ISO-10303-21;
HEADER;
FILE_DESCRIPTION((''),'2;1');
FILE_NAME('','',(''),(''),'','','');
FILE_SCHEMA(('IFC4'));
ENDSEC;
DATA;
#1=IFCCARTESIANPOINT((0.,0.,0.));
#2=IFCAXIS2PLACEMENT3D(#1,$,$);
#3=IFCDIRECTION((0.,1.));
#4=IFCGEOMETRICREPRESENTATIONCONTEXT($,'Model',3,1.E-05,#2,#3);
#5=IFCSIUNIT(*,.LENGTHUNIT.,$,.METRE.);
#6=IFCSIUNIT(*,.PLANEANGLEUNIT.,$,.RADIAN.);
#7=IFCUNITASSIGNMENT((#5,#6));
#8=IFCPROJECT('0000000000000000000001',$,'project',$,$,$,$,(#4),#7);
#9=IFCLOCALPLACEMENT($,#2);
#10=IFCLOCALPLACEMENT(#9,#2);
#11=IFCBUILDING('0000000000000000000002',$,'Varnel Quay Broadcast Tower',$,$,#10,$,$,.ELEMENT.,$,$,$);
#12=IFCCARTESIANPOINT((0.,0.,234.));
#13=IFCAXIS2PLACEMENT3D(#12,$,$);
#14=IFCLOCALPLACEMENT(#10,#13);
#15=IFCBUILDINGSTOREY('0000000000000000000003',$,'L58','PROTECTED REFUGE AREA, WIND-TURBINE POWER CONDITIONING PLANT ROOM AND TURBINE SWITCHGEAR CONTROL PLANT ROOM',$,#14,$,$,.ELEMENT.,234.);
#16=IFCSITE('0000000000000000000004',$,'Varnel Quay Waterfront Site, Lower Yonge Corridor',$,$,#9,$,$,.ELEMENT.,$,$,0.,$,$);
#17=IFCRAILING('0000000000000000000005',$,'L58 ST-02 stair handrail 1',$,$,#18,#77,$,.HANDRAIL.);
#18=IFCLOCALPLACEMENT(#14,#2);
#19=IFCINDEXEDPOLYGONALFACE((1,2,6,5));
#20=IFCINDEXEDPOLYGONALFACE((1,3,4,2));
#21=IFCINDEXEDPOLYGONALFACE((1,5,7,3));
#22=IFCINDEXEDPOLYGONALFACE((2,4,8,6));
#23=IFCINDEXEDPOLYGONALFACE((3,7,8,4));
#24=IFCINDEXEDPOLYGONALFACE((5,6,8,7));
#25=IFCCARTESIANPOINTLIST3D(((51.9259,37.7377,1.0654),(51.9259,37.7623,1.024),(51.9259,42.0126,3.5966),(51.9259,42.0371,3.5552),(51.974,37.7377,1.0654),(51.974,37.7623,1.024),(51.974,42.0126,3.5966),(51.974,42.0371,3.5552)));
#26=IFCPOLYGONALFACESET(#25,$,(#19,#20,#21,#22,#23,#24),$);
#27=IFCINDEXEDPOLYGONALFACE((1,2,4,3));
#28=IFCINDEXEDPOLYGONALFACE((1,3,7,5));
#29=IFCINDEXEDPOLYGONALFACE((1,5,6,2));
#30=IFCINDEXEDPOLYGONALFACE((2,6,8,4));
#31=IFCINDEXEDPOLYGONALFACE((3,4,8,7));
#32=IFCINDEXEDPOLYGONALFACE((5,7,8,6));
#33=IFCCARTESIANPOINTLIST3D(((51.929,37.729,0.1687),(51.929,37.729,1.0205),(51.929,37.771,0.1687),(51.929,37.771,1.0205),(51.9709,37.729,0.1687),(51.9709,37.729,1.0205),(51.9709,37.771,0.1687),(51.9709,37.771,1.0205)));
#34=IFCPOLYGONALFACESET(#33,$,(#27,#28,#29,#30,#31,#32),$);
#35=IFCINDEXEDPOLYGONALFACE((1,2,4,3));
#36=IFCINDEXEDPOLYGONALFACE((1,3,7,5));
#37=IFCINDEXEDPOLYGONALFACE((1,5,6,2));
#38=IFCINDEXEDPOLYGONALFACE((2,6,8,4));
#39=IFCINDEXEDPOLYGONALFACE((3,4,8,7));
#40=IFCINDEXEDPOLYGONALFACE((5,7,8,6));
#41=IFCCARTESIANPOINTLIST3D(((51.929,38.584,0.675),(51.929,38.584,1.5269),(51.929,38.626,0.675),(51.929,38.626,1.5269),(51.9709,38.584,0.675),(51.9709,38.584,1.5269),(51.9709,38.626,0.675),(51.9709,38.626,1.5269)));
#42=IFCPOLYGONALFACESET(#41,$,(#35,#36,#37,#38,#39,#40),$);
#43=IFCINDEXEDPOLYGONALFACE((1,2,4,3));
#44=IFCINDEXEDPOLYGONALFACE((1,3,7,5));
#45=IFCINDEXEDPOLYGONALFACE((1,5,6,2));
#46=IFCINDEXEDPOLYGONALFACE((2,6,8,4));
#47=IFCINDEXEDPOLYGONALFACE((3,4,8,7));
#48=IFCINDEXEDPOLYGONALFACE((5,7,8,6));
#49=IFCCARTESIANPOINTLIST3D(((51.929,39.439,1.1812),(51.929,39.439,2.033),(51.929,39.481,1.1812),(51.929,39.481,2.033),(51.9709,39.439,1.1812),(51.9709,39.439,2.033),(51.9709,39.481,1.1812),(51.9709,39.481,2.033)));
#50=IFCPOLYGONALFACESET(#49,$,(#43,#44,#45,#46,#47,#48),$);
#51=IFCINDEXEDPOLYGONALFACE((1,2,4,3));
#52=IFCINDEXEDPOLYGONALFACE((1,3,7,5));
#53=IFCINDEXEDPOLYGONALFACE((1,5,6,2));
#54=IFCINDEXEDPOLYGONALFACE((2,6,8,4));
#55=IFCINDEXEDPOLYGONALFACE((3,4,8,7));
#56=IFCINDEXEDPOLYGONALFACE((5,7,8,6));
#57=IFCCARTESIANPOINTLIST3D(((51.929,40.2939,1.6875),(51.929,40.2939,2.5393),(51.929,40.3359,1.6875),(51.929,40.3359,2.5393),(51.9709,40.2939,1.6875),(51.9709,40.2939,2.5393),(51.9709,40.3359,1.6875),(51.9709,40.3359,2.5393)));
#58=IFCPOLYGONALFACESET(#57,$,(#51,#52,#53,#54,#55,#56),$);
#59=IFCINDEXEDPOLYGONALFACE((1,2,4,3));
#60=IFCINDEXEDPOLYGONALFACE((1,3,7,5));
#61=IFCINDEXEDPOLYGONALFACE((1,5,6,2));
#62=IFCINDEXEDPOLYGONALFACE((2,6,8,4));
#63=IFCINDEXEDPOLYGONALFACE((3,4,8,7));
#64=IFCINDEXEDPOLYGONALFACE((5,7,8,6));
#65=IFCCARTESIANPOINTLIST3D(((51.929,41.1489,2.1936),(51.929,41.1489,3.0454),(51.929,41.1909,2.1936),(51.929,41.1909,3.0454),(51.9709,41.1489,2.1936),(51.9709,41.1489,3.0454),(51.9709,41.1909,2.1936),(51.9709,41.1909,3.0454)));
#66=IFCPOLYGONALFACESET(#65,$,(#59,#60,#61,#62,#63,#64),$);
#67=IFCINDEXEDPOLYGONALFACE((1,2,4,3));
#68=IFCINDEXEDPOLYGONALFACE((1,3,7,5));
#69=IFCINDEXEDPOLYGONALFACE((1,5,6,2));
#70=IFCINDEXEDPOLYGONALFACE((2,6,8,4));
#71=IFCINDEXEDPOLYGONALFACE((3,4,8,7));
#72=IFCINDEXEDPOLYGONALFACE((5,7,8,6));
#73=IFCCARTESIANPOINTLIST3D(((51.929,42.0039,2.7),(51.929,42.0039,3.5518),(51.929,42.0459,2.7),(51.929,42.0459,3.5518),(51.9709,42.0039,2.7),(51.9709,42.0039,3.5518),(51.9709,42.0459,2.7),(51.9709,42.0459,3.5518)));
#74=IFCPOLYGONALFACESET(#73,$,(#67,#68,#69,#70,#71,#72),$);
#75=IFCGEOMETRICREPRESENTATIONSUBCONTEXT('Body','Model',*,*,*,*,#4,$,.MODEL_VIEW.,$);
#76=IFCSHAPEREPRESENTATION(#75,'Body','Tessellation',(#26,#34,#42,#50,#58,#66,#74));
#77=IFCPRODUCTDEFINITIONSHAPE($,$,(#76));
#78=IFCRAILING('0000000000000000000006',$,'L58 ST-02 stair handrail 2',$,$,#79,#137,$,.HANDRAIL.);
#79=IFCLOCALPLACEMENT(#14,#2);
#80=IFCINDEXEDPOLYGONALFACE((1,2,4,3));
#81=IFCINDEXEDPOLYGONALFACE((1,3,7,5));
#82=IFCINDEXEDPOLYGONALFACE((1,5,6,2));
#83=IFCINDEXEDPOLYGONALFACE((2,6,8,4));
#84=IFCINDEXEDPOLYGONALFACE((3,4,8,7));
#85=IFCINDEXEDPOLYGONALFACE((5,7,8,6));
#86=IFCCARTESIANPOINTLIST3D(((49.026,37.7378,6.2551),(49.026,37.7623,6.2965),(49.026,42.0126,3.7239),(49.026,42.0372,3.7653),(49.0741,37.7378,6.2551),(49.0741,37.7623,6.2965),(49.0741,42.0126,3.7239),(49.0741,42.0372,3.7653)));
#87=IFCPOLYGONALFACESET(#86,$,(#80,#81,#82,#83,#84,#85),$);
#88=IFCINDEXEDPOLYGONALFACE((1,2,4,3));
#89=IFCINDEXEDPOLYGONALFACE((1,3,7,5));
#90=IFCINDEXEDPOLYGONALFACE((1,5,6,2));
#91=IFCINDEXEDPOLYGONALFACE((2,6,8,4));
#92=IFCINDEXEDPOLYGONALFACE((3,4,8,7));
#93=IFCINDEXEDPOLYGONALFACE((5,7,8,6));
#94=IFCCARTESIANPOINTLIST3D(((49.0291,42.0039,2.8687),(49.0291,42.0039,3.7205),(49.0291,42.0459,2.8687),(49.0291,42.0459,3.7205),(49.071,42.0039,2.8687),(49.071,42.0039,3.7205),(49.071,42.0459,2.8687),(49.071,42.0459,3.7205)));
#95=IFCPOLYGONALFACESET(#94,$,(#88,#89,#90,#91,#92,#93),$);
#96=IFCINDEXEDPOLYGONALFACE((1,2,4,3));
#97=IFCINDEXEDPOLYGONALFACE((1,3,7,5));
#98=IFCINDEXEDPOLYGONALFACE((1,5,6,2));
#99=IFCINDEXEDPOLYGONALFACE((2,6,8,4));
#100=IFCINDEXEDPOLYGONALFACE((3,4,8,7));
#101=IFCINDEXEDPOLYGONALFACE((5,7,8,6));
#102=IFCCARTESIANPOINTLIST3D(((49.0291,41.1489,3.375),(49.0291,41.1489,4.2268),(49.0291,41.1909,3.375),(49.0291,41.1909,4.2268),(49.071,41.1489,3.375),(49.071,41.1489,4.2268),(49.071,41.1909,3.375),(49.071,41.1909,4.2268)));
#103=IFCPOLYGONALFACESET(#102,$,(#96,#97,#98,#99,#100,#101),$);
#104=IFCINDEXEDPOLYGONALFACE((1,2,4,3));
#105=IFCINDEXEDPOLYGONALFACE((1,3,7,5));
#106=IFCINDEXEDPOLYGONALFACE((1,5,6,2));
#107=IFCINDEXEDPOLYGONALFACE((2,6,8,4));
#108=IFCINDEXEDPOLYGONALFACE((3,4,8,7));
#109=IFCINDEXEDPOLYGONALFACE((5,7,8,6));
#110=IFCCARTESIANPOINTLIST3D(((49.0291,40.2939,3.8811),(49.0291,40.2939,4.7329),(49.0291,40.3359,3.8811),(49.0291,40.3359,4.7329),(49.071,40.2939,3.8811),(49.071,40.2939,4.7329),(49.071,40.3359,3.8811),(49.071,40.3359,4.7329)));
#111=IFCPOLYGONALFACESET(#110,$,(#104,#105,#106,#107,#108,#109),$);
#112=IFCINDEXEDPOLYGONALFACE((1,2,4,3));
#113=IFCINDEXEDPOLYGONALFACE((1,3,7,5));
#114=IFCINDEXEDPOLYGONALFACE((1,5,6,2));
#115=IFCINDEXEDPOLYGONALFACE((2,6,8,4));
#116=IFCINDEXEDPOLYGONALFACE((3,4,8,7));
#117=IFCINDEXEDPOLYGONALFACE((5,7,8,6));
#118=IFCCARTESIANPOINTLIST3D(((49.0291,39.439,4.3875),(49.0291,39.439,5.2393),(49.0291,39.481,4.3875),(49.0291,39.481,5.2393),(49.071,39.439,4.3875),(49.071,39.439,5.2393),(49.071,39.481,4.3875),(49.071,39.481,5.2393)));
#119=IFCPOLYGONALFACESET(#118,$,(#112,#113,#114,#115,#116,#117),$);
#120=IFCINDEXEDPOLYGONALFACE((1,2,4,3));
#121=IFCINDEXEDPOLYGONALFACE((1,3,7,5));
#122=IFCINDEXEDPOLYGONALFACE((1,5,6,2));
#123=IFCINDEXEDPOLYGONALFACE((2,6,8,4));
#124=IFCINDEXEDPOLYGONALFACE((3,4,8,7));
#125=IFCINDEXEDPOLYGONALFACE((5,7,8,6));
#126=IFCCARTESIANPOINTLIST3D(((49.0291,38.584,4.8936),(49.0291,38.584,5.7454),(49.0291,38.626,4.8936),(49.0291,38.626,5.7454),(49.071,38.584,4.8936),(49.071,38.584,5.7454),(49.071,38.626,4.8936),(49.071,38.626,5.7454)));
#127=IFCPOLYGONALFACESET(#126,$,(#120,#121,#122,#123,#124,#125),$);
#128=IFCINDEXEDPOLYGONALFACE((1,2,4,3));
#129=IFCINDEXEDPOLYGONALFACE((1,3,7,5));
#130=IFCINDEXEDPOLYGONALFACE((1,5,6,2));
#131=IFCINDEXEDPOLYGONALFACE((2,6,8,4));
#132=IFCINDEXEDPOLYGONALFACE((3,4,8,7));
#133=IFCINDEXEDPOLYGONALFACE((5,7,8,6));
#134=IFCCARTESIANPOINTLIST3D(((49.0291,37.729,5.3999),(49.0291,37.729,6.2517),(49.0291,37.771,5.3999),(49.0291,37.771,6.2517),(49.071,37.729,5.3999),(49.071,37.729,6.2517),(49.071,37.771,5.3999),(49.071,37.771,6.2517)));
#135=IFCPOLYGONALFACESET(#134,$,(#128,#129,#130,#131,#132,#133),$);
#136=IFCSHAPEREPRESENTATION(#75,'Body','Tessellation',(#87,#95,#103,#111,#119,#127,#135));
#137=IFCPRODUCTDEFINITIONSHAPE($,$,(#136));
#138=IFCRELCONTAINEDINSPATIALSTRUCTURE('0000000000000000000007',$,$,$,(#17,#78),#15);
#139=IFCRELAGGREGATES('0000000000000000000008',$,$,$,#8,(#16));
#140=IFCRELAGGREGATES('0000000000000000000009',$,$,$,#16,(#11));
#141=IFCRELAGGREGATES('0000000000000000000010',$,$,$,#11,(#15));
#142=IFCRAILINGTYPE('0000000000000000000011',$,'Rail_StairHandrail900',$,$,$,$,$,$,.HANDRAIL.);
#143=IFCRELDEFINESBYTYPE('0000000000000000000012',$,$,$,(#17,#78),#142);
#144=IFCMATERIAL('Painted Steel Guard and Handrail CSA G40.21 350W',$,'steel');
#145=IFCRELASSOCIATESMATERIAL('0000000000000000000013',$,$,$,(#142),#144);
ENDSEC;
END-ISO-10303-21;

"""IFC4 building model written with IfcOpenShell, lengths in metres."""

from ifc_helpers import new_model, si_unit, direction, frame, origin, origin_2d, place, context, subcontext, project, spatial, rectangle, extrude, material, type_object, element, save


model = new_model("IFC4")

# Units and contexts
model_context = context("Model", 3, precision=1e-05, world=origin(), true_north=direction((0.0, 1.0)))
body_context = subcontext(model_context, "Body", "Model", "MODEL_VIEW")
ifc_project = project(units=[si_unit("LENGTHUNIT", "METRE"), si_unit("PLANEANGLEUNIT", "RADIAN")], contexts=[model_context])

# Site, building, storey
site_placement = place(None, origin())
site = spatial("IfcSite", under=ifc_project, at=site_placement, Name="Varnel Quay Waterfront Site, Lower Yonge Corridor", CompositionType="ELEMENT", RefElevation=0.0)
building_placement = place(site_placement, origin())
building = spatial("IfcBuilding", under=site, at=building_placement, Name="Varnel Quay Broadcast Tower", CompositionType="ELEMENT")
storey_placement = place(building_placement, frame((0.0, 0.0, 234.0)))
storey = spatial("IfcBuildingStorey", under=building, at=storey_placement, Name="L58", Description="PROTECTED REFUGE AREA, WIND-TURBINE POWER CONDITIONING PLANT ROOM AND TURBINE SWITCHGEAR CONTROL PLANT ROOM", CompositionType="ELEMENT", Elevation=234.0)

# Railings
ifc_material_1 = material(Name="Painted Steel Guard and Handrail CSA G40.21 350W", Category="steel")
railing_type_1 = type_object("IfcRailingType", Name="Rail_StairHandrail900", PredefinedType="HANDRAIL", material=ifc_material_1)
railing_1_placement = place(storey_placement, frame((51.95, 37.75, 0.1687)))
element("IfcRailing", 1, at=railing_1_placement, inside=storey, type_object=railing_type_1, Name="L58 ST-02 stair handrail 1", PredefinedType="HANDRAIL", context=body_context, shape_type="SweptSolid", body=[
    extrude(rectangle(XDim=0.0481, YDim=0.0481, at=origin_2d()), frame((0.0, 0.0, 0.876), z_axis=(0.0, 0.86047, 0.509501), x_axis=(-1.0, 0.0, 0.0)), (0.0, 0.0, 1.0), 4.968),
    extrude(rectangle(XDim=0.042, YDim=0.042, at=origin_2d()), origin(), (0.0, 0.0, 1.0), 0.8518),
    extrude(rectangle(XDim=0.042, YDim=0.042, at=origin_2d()), frame((0.0, 0.855, 0.5063)), (0.0, 0.0, 1.0), 0.8518),
    extrude(rectangle(XDim=0.042, YDim=0.042, at=origin_2d()), frame((0.0, 1.71, 1.0125)), (0.0, 0.0, 1.0), 0.8518),
    extrude(rectangle(XDim=0.042, YDim=0.042, at=origin_2d()), frame((0.0, 2.5649, 1.5188)), (0.0, 0.0, 1.0), 0.8518),
    extrude(rectangle(XDim=0.042, YDim=0.042, at=origin_2d()), frame((0.0, 3.4199, 2.0249)), (0.0, 0.0, 1.0), 0.8518),
    extrude(rectangle(XDim=0.042, YDim=0.042, at=origin_2d()), frame((0.0, 4.2749, 2.5312)), (0.0, 0.0, 1.0), 0.8518),
])
railing_2_placement = place(storey_placement, frame((49.05, 42.0249, 2.8687)))
element("IfcRailing", 2, at=railing_2_placement, inside=storey, type_object=railing_type_1, Name="L58 ST-02 stair handrail 2", PredefinedType="HANDRAIL", context=body_context, shape_type="SweptSolid", body=[
    extrude(rectangle(XDim=0.0481, YDim=0.0481, at=origin_2d()), frame((0.0, 0.0, 0.876), z_axis=(0.0, -0.86047, 0.509501), x_axis=(1.0, 0.0, 0.0)), (0.0, 0.0, 1.0), 4.968),
    extrude(rectangle(XDim=0.042, YDim=0.042, at=origin_2d()), origin(), (0.0, 0.0, 1.0), 0.8518),
    extrude(rectangle(XDim=0.042, YDim=0.042, at=origin_2d()), frame((0.0, -0.855, 0.5063)), (0.0, 0.0, 1.0), 0.8518),
    extrude(rectangle(XDim=0.042, YDim=0.042, at=origin_2d()), frame((0.0, -1.71, 1.0125)), (0.0, 0.0, 1.0), 0.8518),
    extrude(rectangle(XDim=0.042, YDim=0.042, at=origin_2d()), frame((0.0, -2.5649, 1.5188)), (0.0, 0.0, 1.0), 0.8518),
    extrude(rectangle(XDim=0.042, YDim=0.042, at=origin_2d()), frame((0.0, -3.4199, 2.0249)), (0.0, 0.0, 1.0), 0.8518),
    extrude(rectangle(XDim=0.042, YDim=0.042, at=origin_2d()), frame((0.0, -4.2749, 2.5312)), (0.0, 0.0, 1.0), 0.8518),
])

save(model, "model.ifc")
